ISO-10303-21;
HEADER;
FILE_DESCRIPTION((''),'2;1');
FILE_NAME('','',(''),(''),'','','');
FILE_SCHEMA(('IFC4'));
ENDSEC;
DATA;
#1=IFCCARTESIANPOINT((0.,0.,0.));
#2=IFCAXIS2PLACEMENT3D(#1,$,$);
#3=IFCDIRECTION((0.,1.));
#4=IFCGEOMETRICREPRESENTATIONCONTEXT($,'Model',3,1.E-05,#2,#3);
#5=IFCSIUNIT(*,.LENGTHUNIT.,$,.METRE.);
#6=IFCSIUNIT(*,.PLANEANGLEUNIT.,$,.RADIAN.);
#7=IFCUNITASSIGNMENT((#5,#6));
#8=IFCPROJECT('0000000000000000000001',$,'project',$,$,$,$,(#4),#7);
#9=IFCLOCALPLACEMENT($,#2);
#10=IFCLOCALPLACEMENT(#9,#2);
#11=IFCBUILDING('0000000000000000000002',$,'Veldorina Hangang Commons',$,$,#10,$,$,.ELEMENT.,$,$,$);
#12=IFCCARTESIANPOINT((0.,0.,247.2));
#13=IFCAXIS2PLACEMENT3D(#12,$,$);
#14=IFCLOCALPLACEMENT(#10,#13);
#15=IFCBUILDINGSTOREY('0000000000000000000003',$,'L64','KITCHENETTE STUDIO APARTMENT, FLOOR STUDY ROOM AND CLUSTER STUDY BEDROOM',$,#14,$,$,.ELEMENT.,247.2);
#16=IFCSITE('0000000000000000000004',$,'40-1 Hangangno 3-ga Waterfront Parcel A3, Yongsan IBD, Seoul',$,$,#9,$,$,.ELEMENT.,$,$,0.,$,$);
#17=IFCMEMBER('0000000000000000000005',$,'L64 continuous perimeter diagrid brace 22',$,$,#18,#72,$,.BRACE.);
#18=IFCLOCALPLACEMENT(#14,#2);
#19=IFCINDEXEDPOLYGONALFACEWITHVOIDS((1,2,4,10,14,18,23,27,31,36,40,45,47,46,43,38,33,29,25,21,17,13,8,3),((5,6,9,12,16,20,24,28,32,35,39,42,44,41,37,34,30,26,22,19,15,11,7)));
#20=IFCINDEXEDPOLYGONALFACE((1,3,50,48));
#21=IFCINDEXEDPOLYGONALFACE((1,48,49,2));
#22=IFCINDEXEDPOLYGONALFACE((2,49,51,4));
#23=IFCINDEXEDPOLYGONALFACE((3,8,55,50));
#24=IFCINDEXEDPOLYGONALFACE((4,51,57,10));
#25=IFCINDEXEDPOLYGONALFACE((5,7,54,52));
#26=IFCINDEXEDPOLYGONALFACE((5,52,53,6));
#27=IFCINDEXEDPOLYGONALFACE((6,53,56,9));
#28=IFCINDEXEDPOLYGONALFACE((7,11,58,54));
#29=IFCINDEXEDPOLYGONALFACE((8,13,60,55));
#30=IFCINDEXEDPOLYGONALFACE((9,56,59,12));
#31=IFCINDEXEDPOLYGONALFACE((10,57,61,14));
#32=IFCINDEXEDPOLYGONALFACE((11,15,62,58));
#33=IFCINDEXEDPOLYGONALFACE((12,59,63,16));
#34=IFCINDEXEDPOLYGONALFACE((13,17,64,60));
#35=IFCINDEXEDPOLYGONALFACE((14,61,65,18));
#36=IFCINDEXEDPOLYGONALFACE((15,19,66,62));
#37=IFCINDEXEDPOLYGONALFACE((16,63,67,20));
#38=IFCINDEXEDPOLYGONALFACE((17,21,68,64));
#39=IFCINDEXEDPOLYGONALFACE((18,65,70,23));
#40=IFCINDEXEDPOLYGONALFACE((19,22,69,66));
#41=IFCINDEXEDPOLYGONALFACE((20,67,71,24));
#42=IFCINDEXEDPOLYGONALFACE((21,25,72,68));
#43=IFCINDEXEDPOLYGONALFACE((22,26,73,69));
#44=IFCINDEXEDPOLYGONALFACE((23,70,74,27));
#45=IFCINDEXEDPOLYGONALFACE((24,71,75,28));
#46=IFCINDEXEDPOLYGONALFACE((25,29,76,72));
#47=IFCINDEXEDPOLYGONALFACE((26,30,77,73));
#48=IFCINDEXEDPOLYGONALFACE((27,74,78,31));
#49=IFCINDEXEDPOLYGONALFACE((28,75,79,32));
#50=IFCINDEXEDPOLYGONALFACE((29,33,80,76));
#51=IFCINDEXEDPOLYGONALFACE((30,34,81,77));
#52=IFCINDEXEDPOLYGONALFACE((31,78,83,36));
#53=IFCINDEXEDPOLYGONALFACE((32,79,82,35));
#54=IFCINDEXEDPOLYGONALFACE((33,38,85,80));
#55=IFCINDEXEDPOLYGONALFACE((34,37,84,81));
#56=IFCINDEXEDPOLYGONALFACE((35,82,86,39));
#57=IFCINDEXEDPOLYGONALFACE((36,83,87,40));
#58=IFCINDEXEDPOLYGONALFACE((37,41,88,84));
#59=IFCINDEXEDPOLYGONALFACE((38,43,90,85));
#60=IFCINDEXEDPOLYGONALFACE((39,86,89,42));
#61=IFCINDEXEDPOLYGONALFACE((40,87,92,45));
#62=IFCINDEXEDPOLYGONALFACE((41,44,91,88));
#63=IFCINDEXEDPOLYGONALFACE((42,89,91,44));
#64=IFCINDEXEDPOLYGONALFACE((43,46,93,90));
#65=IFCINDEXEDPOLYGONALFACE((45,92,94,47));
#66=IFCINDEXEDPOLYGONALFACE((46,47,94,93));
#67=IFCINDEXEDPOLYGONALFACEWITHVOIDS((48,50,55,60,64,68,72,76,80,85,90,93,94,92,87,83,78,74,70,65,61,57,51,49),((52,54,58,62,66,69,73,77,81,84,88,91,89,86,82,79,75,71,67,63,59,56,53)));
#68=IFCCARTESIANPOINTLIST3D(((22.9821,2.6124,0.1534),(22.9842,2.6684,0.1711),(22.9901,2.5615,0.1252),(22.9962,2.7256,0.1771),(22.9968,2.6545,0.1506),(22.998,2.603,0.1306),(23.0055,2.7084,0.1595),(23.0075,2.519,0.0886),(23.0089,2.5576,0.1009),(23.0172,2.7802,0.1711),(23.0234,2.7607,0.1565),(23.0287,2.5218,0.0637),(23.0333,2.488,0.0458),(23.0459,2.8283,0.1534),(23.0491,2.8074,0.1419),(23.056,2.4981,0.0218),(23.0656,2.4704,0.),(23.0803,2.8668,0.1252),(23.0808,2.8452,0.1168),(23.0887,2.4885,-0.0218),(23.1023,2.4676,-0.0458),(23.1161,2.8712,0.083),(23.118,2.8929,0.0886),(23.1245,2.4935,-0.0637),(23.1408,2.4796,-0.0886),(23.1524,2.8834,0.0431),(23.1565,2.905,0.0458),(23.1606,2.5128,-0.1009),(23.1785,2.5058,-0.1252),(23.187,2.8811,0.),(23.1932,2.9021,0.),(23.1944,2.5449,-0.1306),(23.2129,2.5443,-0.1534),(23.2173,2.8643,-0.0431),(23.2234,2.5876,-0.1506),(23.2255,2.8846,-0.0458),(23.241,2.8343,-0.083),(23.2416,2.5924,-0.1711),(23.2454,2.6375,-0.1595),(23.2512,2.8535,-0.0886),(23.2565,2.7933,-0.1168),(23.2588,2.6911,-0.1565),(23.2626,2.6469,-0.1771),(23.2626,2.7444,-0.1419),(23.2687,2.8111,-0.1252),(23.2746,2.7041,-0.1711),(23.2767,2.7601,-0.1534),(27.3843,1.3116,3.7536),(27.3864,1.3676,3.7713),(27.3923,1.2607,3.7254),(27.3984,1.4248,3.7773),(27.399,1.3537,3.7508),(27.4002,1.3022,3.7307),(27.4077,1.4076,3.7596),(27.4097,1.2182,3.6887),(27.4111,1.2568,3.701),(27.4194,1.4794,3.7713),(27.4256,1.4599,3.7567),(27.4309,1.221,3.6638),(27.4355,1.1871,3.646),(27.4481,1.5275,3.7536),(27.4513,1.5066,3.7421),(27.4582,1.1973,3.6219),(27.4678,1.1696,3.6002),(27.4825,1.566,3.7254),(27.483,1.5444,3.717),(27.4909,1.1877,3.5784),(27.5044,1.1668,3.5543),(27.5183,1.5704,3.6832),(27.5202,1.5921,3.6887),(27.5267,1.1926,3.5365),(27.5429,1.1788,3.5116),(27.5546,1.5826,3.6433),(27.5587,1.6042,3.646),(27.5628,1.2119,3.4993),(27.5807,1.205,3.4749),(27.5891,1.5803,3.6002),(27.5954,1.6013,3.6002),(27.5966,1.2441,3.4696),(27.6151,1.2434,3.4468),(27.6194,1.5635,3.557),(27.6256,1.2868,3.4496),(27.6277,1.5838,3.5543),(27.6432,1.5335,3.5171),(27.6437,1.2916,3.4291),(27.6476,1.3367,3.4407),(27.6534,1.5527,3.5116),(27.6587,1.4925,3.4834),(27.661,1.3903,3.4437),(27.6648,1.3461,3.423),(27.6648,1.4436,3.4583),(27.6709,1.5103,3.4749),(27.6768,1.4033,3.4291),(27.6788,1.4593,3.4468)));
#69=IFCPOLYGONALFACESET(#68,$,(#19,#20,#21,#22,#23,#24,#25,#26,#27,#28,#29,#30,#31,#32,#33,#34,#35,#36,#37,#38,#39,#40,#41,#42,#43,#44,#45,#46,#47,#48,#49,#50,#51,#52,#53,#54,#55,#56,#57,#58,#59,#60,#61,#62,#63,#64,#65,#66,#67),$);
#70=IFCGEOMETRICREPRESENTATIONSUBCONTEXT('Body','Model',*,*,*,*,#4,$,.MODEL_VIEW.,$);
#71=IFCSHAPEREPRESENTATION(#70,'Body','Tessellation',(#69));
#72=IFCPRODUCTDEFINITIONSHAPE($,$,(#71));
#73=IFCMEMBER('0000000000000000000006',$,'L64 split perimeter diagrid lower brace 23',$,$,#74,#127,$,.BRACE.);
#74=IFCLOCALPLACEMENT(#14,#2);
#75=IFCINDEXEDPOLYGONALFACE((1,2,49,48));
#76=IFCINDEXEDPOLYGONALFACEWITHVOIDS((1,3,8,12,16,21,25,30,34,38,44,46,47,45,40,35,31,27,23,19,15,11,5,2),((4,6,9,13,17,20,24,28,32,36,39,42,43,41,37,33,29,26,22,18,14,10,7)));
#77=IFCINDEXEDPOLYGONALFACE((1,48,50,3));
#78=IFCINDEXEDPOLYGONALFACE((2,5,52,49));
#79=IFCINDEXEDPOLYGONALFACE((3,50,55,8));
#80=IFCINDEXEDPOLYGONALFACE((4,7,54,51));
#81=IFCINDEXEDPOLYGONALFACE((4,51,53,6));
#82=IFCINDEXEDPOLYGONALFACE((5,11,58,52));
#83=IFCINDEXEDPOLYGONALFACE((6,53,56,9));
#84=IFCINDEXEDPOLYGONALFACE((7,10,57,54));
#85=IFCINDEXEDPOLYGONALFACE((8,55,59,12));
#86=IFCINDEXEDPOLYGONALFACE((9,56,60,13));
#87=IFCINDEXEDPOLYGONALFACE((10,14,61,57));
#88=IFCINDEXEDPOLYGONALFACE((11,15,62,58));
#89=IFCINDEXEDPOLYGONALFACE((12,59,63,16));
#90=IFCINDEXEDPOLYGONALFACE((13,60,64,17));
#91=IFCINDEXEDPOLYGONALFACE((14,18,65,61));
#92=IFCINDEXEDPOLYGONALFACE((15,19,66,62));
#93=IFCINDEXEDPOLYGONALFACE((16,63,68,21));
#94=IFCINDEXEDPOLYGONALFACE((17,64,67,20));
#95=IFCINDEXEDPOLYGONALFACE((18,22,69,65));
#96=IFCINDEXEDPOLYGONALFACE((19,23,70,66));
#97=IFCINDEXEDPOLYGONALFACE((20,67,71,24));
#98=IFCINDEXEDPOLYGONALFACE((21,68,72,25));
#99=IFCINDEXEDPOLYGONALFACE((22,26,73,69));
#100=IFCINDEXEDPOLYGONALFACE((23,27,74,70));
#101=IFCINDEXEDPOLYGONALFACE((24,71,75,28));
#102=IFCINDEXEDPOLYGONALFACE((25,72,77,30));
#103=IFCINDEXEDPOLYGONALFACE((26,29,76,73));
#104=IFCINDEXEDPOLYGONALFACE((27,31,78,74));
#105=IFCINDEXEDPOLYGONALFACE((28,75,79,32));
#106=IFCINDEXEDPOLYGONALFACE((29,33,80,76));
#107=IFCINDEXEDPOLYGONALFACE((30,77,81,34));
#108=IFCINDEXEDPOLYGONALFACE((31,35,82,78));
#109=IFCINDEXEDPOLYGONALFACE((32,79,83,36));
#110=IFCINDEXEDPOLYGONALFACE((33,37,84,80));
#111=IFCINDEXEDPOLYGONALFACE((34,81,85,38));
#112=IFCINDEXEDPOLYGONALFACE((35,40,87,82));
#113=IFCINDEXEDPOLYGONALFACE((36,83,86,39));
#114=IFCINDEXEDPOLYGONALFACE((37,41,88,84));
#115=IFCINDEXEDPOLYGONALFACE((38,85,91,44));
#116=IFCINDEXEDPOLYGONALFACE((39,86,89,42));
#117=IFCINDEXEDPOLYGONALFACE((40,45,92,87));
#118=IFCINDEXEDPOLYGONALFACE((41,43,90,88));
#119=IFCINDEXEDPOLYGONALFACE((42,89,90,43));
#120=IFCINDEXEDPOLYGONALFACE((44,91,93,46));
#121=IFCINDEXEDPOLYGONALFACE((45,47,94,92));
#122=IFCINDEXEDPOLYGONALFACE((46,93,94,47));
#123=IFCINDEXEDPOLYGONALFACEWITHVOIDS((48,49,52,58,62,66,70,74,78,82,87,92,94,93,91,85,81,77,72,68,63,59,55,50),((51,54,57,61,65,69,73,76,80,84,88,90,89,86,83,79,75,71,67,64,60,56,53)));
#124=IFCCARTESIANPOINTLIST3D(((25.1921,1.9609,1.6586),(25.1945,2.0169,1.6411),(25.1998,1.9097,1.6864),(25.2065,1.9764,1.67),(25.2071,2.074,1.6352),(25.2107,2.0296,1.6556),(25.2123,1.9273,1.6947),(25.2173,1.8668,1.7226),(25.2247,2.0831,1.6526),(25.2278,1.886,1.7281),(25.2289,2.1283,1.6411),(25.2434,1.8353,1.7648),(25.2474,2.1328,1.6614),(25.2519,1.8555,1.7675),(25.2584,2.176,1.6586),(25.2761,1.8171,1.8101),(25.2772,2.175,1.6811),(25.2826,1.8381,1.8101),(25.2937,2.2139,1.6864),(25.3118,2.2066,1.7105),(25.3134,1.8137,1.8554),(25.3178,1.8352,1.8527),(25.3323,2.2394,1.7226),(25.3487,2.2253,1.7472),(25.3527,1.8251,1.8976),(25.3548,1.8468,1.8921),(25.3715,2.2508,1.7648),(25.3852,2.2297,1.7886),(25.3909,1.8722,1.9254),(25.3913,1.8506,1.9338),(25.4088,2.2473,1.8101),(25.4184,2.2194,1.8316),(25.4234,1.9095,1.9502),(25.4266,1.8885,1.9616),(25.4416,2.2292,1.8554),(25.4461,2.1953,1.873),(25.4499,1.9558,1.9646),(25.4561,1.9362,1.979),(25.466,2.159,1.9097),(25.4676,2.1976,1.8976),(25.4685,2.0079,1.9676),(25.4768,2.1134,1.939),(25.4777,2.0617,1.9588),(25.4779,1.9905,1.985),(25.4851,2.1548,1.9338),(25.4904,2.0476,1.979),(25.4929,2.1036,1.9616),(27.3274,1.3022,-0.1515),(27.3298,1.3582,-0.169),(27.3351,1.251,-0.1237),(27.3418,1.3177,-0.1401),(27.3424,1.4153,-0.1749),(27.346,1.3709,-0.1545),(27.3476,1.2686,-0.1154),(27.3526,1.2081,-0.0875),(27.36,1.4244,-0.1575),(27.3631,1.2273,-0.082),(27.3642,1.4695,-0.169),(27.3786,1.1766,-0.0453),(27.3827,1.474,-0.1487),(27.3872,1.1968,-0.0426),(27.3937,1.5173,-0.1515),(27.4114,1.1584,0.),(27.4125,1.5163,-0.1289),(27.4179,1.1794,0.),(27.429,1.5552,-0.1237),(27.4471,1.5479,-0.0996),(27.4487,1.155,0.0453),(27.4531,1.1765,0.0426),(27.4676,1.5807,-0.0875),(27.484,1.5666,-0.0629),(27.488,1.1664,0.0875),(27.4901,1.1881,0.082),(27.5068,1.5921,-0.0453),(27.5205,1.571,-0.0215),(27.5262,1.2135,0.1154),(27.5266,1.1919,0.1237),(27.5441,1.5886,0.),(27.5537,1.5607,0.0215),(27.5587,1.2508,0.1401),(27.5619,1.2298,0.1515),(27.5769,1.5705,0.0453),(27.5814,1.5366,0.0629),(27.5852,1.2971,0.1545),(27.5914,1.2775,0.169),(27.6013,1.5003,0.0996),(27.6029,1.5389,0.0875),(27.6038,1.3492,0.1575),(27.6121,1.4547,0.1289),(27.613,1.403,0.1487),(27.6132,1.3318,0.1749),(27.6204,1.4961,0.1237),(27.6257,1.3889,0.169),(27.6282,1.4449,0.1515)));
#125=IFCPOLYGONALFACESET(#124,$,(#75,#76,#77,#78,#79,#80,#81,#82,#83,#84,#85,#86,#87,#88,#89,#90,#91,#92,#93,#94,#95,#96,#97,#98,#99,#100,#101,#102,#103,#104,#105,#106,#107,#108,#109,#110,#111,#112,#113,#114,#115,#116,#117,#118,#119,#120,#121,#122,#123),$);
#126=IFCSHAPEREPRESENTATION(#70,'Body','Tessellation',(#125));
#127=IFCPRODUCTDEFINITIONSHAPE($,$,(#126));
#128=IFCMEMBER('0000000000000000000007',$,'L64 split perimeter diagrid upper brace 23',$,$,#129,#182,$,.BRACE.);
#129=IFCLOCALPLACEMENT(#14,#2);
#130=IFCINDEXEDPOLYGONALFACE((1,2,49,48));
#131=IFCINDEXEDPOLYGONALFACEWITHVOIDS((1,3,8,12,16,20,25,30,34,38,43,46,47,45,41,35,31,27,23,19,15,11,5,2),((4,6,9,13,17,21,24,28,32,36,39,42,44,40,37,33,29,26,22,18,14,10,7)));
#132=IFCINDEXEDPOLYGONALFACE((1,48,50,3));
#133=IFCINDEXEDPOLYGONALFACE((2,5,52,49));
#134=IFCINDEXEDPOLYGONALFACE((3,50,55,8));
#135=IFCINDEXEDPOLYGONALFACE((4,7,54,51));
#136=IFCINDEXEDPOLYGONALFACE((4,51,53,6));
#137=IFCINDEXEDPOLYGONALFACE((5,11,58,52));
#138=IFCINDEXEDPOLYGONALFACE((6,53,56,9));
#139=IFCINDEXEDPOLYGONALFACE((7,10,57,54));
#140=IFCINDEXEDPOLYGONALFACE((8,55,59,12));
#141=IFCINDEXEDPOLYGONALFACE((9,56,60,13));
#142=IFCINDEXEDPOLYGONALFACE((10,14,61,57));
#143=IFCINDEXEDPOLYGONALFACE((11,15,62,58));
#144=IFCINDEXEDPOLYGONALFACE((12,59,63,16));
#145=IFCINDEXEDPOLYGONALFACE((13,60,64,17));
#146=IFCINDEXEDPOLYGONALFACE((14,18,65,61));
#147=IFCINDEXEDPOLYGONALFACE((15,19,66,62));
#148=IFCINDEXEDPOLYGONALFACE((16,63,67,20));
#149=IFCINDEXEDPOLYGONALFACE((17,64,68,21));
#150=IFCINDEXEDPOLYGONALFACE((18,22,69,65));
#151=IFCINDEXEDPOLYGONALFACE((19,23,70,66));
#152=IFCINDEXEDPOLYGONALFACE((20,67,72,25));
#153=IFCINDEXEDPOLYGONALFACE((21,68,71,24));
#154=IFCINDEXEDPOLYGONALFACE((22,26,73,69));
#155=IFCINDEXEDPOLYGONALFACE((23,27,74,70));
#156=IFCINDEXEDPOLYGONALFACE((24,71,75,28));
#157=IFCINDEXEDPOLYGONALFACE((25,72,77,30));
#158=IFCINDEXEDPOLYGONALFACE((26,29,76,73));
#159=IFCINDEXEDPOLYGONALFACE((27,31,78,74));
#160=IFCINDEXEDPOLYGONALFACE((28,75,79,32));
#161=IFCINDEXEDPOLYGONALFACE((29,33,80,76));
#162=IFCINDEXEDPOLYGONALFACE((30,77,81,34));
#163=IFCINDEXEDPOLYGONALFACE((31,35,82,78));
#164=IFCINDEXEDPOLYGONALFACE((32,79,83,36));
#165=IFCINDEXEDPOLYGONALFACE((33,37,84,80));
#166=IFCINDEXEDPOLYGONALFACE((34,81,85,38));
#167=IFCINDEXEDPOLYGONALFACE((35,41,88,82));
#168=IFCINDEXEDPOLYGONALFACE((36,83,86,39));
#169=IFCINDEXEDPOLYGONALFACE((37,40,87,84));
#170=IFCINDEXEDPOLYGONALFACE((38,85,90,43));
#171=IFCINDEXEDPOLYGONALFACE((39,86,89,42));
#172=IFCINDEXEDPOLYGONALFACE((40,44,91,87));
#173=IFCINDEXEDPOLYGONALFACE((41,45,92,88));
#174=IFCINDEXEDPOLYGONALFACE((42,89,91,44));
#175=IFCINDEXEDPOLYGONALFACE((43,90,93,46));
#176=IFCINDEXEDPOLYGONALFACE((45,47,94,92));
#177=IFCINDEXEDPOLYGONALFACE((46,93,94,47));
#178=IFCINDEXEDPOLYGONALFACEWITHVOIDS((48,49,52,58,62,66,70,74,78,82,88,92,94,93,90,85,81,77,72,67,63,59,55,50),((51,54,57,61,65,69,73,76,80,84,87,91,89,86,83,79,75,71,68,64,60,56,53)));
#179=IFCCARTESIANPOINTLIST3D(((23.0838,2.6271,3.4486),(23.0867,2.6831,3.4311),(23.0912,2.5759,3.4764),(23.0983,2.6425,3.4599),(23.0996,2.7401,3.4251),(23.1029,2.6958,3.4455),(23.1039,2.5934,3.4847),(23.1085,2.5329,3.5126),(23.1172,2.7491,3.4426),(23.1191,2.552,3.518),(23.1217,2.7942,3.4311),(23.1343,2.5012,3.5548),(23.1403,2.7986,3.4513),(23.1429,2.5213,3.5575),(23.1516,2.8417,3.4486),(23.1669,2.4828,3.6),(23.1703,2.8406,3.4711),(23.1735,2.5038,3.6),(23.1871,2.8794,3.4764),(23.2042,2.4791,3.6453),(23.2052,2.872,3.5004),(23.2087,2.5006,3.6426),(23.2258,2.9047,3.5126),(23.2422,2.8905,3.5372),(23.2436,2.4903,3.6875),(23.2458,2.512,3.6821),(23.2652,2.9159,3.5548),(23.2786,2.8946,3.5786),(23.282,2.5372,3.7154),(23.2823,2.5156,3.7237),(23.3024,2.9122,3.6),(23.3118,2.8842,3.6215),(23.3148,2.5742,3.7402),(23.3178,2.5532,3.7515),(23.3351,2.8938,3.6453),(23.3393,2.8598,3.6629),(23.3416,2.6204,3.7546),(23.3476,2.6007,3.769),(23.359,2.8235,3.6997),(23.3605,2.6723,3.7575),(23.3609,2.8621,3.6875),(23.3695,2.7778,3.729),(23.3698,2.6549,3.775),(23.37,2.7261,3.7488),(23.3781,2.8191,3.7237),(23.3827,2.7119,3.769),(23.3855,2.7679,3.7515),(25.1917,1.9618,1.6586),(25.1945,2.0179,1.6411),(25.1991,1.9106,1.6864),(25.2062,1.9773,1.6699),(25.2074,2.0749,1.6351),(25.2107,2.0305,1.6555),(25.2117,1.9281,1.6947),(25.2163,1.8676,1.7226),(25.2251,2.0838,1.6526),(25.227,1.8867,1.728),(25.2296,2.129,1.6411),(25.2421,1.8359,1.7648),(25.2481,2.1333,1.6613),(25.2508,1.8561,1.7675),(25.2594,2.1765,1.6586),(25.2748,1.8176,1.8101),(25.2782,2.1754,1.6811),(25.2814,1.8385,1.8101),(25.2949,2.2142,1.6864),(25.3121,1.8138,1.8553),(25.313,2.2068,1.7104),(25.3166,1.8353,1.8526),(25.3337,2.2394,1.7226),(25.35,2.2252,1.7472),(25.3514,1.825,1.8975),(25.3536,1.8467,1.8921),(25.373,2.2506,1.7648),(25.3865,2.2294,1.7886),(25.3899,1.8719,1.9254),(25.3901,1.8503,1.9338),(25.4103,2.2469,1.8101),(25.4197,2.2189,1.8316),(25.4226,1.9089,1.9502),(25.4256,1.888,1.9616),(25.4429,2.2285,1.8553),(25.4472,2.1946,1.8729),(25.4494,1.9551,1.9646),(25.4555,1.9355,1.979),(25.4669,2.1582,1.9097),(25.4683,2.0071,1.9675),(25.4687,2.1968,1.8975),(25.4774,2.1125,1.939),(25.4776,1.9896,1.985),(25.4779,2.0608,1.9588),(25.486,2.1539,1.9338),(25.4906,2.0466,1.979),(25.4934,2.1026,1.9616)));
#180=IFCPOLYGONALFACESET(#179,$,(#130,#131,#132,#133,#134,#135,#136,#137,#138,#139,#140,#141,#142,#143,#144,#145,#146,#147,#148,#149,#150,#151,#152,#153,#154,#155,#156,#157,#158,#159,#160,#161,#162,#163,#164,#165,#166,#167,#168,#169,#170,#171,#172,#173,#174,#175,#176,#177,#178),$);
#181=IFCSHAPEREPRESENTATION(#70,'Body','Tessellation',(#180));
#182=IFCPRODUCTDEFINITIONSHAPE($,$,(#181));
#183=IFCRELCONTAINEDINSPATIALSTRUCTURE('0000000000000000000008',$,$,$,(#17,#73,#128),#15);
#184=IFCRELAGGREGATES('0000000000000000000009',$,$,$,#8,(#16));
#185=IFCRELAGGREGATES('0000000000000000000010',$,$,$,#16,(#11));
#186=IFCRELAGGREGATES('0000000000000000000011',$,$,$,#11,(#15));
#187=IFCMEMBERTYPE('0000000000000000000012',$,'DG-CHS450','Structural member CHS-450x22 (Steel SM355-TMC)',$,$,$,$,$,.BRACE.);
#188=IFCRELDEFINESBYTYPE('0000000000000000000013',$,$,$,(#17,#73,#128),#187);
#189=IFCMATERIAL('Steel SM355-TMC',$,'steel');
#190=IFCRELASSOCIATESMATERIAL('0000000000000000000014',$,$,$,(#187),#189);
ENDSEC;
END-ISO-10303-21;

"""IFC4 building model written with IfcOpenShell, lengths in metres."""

from ifc_helpers import new_model, si_unit, direction, frame, origin, origin_2d, place, context, subcontext, project, spatial, hollow_circle, extrude, material, material_profile, profile_set, type_object, element, save


model = new_model("IFC4")

# Units and contexts
model_context = context("Model", 3, precision=1e-05, world=origin(), true_north=direction((0.0, 1.0)))
body_context = subcontext(model_context, "Body", "Model", "MODEL_VIEW")
ifc_project = project(units=[si_unit("LENGTHUNIT", "METRE"), si_unit("PLANEANGLEUNIT", "RADIAN")], contexts=[model_context])

# Site, building, storey
site_placement = place(None, origin())
site = spatial("IfcSite", under=ifc_project, at=site_placement, Name="40-1 Hangangno 3-ga Waterfront Parcel A3, Yongsan IBD, Seoul", CompositionType="ELEMENT", RefElevation=0.0)
building_placement = place(site_placement, origin())
building = spatial("IfcBuilding", under=site, at=building_placement, Name="Veldorina Hangang Commons", CompositionType="ELEMENT")
storey_placement = place(building_placement, frame((0.0, 0.0, 247.2)))
storey = spatial("IfcBuildingStorey", under=building, at=storey_placement, Name="L64", Description="KITCHENETTE STUDIO APARTMENT, FLOOR STUDY ROOM AND CLUSTER STUDY BEDROOM", CompositionType="ELEMENT", Elevation=247.2)

# Shared definitions
ifc_material_1 = material(Name="Steel SM355-TMC", Category="steel")

# Members
ifc_material_profile_1 = material_profile(ifc_material_1, hollow_circle(Radius=0.2251, WallThickness=0.022, at=origin_2d()), Name="CHS-450x22")
ifc_profile_set_1 = profile_set([ifc_material_profile_1], Name="Steel SM355-TMC")
member_type_1 = type_object("IfcMemberType", Name="DG-CHS450", Description="Structural member CHS-450x22 (Steel SM355-TMC)", PredefinedType="BRACE", material=ifc_profile_set_1)
member_1_placement = place(storey_placement, frame((23.1294, 2.6863, 0.0), z_axis=(0.754608, -0.22298, 0.617128), x_axis=(0.283378, 0.959008, 0.0)))
element("IfcMember", 1, at=member_1_placement, inside=storey, type_object=member_type_1, Name="L64 continuous perimeter diagrid brace 22", PredefinedType="BRACE", context=body_context, shape_type="SweptSolid", body=[
    extrude(hollow_circle(Radius=0.2251, WallThickness=0.022, at=origin_2d()), origin(), (0.0, 0.0, 1.0), 5.8337),
])
member_2_placement = place(storey_placement, frame((27.4778, 1.3735, 0.0), z_axis=(-0.742523, 0.229056, 0.629438), x_axis=(-0.294777, -0.955566, 0.0)))
element("IfcMember", 2, at=member_2_placement, inside=storey, type_object=member_type_1, Name="L64 split perimeter diagrid lower brace 23", PredefinedType="BRACE", context=body_context, shape_type="SweptSolid", body=[
    extrude(hollow_circle(Radius=0.2251, WallThickness=0.022, at=origin_2d()), origin(), (0.0, 0.0, 1.0), 2.8757),
])
member_3_placement = place(storey_placement, frame((25.3425, 2.0322, 1.8101), z_axis=(-0.741096, 0.233899, 0.629339), x_axis=(-0.300978, -0.953631, 0.0)))
element("IfcMember", 3, at=member_3_placement, inside=storey, type_object=member_type_1, Name="L64 split perimeter diagrid upper brace 23", PredefinedType="BRACE", context=body_context, shape_type="SweptSolid", body=[
    extrude(hollow_circle(Radius=0.2251, WallThickness=0.022, at=origin_2d()), origin(), (0.0, 0.0, 1.0), 2.8442),
])

save(model, "model.ifc")
